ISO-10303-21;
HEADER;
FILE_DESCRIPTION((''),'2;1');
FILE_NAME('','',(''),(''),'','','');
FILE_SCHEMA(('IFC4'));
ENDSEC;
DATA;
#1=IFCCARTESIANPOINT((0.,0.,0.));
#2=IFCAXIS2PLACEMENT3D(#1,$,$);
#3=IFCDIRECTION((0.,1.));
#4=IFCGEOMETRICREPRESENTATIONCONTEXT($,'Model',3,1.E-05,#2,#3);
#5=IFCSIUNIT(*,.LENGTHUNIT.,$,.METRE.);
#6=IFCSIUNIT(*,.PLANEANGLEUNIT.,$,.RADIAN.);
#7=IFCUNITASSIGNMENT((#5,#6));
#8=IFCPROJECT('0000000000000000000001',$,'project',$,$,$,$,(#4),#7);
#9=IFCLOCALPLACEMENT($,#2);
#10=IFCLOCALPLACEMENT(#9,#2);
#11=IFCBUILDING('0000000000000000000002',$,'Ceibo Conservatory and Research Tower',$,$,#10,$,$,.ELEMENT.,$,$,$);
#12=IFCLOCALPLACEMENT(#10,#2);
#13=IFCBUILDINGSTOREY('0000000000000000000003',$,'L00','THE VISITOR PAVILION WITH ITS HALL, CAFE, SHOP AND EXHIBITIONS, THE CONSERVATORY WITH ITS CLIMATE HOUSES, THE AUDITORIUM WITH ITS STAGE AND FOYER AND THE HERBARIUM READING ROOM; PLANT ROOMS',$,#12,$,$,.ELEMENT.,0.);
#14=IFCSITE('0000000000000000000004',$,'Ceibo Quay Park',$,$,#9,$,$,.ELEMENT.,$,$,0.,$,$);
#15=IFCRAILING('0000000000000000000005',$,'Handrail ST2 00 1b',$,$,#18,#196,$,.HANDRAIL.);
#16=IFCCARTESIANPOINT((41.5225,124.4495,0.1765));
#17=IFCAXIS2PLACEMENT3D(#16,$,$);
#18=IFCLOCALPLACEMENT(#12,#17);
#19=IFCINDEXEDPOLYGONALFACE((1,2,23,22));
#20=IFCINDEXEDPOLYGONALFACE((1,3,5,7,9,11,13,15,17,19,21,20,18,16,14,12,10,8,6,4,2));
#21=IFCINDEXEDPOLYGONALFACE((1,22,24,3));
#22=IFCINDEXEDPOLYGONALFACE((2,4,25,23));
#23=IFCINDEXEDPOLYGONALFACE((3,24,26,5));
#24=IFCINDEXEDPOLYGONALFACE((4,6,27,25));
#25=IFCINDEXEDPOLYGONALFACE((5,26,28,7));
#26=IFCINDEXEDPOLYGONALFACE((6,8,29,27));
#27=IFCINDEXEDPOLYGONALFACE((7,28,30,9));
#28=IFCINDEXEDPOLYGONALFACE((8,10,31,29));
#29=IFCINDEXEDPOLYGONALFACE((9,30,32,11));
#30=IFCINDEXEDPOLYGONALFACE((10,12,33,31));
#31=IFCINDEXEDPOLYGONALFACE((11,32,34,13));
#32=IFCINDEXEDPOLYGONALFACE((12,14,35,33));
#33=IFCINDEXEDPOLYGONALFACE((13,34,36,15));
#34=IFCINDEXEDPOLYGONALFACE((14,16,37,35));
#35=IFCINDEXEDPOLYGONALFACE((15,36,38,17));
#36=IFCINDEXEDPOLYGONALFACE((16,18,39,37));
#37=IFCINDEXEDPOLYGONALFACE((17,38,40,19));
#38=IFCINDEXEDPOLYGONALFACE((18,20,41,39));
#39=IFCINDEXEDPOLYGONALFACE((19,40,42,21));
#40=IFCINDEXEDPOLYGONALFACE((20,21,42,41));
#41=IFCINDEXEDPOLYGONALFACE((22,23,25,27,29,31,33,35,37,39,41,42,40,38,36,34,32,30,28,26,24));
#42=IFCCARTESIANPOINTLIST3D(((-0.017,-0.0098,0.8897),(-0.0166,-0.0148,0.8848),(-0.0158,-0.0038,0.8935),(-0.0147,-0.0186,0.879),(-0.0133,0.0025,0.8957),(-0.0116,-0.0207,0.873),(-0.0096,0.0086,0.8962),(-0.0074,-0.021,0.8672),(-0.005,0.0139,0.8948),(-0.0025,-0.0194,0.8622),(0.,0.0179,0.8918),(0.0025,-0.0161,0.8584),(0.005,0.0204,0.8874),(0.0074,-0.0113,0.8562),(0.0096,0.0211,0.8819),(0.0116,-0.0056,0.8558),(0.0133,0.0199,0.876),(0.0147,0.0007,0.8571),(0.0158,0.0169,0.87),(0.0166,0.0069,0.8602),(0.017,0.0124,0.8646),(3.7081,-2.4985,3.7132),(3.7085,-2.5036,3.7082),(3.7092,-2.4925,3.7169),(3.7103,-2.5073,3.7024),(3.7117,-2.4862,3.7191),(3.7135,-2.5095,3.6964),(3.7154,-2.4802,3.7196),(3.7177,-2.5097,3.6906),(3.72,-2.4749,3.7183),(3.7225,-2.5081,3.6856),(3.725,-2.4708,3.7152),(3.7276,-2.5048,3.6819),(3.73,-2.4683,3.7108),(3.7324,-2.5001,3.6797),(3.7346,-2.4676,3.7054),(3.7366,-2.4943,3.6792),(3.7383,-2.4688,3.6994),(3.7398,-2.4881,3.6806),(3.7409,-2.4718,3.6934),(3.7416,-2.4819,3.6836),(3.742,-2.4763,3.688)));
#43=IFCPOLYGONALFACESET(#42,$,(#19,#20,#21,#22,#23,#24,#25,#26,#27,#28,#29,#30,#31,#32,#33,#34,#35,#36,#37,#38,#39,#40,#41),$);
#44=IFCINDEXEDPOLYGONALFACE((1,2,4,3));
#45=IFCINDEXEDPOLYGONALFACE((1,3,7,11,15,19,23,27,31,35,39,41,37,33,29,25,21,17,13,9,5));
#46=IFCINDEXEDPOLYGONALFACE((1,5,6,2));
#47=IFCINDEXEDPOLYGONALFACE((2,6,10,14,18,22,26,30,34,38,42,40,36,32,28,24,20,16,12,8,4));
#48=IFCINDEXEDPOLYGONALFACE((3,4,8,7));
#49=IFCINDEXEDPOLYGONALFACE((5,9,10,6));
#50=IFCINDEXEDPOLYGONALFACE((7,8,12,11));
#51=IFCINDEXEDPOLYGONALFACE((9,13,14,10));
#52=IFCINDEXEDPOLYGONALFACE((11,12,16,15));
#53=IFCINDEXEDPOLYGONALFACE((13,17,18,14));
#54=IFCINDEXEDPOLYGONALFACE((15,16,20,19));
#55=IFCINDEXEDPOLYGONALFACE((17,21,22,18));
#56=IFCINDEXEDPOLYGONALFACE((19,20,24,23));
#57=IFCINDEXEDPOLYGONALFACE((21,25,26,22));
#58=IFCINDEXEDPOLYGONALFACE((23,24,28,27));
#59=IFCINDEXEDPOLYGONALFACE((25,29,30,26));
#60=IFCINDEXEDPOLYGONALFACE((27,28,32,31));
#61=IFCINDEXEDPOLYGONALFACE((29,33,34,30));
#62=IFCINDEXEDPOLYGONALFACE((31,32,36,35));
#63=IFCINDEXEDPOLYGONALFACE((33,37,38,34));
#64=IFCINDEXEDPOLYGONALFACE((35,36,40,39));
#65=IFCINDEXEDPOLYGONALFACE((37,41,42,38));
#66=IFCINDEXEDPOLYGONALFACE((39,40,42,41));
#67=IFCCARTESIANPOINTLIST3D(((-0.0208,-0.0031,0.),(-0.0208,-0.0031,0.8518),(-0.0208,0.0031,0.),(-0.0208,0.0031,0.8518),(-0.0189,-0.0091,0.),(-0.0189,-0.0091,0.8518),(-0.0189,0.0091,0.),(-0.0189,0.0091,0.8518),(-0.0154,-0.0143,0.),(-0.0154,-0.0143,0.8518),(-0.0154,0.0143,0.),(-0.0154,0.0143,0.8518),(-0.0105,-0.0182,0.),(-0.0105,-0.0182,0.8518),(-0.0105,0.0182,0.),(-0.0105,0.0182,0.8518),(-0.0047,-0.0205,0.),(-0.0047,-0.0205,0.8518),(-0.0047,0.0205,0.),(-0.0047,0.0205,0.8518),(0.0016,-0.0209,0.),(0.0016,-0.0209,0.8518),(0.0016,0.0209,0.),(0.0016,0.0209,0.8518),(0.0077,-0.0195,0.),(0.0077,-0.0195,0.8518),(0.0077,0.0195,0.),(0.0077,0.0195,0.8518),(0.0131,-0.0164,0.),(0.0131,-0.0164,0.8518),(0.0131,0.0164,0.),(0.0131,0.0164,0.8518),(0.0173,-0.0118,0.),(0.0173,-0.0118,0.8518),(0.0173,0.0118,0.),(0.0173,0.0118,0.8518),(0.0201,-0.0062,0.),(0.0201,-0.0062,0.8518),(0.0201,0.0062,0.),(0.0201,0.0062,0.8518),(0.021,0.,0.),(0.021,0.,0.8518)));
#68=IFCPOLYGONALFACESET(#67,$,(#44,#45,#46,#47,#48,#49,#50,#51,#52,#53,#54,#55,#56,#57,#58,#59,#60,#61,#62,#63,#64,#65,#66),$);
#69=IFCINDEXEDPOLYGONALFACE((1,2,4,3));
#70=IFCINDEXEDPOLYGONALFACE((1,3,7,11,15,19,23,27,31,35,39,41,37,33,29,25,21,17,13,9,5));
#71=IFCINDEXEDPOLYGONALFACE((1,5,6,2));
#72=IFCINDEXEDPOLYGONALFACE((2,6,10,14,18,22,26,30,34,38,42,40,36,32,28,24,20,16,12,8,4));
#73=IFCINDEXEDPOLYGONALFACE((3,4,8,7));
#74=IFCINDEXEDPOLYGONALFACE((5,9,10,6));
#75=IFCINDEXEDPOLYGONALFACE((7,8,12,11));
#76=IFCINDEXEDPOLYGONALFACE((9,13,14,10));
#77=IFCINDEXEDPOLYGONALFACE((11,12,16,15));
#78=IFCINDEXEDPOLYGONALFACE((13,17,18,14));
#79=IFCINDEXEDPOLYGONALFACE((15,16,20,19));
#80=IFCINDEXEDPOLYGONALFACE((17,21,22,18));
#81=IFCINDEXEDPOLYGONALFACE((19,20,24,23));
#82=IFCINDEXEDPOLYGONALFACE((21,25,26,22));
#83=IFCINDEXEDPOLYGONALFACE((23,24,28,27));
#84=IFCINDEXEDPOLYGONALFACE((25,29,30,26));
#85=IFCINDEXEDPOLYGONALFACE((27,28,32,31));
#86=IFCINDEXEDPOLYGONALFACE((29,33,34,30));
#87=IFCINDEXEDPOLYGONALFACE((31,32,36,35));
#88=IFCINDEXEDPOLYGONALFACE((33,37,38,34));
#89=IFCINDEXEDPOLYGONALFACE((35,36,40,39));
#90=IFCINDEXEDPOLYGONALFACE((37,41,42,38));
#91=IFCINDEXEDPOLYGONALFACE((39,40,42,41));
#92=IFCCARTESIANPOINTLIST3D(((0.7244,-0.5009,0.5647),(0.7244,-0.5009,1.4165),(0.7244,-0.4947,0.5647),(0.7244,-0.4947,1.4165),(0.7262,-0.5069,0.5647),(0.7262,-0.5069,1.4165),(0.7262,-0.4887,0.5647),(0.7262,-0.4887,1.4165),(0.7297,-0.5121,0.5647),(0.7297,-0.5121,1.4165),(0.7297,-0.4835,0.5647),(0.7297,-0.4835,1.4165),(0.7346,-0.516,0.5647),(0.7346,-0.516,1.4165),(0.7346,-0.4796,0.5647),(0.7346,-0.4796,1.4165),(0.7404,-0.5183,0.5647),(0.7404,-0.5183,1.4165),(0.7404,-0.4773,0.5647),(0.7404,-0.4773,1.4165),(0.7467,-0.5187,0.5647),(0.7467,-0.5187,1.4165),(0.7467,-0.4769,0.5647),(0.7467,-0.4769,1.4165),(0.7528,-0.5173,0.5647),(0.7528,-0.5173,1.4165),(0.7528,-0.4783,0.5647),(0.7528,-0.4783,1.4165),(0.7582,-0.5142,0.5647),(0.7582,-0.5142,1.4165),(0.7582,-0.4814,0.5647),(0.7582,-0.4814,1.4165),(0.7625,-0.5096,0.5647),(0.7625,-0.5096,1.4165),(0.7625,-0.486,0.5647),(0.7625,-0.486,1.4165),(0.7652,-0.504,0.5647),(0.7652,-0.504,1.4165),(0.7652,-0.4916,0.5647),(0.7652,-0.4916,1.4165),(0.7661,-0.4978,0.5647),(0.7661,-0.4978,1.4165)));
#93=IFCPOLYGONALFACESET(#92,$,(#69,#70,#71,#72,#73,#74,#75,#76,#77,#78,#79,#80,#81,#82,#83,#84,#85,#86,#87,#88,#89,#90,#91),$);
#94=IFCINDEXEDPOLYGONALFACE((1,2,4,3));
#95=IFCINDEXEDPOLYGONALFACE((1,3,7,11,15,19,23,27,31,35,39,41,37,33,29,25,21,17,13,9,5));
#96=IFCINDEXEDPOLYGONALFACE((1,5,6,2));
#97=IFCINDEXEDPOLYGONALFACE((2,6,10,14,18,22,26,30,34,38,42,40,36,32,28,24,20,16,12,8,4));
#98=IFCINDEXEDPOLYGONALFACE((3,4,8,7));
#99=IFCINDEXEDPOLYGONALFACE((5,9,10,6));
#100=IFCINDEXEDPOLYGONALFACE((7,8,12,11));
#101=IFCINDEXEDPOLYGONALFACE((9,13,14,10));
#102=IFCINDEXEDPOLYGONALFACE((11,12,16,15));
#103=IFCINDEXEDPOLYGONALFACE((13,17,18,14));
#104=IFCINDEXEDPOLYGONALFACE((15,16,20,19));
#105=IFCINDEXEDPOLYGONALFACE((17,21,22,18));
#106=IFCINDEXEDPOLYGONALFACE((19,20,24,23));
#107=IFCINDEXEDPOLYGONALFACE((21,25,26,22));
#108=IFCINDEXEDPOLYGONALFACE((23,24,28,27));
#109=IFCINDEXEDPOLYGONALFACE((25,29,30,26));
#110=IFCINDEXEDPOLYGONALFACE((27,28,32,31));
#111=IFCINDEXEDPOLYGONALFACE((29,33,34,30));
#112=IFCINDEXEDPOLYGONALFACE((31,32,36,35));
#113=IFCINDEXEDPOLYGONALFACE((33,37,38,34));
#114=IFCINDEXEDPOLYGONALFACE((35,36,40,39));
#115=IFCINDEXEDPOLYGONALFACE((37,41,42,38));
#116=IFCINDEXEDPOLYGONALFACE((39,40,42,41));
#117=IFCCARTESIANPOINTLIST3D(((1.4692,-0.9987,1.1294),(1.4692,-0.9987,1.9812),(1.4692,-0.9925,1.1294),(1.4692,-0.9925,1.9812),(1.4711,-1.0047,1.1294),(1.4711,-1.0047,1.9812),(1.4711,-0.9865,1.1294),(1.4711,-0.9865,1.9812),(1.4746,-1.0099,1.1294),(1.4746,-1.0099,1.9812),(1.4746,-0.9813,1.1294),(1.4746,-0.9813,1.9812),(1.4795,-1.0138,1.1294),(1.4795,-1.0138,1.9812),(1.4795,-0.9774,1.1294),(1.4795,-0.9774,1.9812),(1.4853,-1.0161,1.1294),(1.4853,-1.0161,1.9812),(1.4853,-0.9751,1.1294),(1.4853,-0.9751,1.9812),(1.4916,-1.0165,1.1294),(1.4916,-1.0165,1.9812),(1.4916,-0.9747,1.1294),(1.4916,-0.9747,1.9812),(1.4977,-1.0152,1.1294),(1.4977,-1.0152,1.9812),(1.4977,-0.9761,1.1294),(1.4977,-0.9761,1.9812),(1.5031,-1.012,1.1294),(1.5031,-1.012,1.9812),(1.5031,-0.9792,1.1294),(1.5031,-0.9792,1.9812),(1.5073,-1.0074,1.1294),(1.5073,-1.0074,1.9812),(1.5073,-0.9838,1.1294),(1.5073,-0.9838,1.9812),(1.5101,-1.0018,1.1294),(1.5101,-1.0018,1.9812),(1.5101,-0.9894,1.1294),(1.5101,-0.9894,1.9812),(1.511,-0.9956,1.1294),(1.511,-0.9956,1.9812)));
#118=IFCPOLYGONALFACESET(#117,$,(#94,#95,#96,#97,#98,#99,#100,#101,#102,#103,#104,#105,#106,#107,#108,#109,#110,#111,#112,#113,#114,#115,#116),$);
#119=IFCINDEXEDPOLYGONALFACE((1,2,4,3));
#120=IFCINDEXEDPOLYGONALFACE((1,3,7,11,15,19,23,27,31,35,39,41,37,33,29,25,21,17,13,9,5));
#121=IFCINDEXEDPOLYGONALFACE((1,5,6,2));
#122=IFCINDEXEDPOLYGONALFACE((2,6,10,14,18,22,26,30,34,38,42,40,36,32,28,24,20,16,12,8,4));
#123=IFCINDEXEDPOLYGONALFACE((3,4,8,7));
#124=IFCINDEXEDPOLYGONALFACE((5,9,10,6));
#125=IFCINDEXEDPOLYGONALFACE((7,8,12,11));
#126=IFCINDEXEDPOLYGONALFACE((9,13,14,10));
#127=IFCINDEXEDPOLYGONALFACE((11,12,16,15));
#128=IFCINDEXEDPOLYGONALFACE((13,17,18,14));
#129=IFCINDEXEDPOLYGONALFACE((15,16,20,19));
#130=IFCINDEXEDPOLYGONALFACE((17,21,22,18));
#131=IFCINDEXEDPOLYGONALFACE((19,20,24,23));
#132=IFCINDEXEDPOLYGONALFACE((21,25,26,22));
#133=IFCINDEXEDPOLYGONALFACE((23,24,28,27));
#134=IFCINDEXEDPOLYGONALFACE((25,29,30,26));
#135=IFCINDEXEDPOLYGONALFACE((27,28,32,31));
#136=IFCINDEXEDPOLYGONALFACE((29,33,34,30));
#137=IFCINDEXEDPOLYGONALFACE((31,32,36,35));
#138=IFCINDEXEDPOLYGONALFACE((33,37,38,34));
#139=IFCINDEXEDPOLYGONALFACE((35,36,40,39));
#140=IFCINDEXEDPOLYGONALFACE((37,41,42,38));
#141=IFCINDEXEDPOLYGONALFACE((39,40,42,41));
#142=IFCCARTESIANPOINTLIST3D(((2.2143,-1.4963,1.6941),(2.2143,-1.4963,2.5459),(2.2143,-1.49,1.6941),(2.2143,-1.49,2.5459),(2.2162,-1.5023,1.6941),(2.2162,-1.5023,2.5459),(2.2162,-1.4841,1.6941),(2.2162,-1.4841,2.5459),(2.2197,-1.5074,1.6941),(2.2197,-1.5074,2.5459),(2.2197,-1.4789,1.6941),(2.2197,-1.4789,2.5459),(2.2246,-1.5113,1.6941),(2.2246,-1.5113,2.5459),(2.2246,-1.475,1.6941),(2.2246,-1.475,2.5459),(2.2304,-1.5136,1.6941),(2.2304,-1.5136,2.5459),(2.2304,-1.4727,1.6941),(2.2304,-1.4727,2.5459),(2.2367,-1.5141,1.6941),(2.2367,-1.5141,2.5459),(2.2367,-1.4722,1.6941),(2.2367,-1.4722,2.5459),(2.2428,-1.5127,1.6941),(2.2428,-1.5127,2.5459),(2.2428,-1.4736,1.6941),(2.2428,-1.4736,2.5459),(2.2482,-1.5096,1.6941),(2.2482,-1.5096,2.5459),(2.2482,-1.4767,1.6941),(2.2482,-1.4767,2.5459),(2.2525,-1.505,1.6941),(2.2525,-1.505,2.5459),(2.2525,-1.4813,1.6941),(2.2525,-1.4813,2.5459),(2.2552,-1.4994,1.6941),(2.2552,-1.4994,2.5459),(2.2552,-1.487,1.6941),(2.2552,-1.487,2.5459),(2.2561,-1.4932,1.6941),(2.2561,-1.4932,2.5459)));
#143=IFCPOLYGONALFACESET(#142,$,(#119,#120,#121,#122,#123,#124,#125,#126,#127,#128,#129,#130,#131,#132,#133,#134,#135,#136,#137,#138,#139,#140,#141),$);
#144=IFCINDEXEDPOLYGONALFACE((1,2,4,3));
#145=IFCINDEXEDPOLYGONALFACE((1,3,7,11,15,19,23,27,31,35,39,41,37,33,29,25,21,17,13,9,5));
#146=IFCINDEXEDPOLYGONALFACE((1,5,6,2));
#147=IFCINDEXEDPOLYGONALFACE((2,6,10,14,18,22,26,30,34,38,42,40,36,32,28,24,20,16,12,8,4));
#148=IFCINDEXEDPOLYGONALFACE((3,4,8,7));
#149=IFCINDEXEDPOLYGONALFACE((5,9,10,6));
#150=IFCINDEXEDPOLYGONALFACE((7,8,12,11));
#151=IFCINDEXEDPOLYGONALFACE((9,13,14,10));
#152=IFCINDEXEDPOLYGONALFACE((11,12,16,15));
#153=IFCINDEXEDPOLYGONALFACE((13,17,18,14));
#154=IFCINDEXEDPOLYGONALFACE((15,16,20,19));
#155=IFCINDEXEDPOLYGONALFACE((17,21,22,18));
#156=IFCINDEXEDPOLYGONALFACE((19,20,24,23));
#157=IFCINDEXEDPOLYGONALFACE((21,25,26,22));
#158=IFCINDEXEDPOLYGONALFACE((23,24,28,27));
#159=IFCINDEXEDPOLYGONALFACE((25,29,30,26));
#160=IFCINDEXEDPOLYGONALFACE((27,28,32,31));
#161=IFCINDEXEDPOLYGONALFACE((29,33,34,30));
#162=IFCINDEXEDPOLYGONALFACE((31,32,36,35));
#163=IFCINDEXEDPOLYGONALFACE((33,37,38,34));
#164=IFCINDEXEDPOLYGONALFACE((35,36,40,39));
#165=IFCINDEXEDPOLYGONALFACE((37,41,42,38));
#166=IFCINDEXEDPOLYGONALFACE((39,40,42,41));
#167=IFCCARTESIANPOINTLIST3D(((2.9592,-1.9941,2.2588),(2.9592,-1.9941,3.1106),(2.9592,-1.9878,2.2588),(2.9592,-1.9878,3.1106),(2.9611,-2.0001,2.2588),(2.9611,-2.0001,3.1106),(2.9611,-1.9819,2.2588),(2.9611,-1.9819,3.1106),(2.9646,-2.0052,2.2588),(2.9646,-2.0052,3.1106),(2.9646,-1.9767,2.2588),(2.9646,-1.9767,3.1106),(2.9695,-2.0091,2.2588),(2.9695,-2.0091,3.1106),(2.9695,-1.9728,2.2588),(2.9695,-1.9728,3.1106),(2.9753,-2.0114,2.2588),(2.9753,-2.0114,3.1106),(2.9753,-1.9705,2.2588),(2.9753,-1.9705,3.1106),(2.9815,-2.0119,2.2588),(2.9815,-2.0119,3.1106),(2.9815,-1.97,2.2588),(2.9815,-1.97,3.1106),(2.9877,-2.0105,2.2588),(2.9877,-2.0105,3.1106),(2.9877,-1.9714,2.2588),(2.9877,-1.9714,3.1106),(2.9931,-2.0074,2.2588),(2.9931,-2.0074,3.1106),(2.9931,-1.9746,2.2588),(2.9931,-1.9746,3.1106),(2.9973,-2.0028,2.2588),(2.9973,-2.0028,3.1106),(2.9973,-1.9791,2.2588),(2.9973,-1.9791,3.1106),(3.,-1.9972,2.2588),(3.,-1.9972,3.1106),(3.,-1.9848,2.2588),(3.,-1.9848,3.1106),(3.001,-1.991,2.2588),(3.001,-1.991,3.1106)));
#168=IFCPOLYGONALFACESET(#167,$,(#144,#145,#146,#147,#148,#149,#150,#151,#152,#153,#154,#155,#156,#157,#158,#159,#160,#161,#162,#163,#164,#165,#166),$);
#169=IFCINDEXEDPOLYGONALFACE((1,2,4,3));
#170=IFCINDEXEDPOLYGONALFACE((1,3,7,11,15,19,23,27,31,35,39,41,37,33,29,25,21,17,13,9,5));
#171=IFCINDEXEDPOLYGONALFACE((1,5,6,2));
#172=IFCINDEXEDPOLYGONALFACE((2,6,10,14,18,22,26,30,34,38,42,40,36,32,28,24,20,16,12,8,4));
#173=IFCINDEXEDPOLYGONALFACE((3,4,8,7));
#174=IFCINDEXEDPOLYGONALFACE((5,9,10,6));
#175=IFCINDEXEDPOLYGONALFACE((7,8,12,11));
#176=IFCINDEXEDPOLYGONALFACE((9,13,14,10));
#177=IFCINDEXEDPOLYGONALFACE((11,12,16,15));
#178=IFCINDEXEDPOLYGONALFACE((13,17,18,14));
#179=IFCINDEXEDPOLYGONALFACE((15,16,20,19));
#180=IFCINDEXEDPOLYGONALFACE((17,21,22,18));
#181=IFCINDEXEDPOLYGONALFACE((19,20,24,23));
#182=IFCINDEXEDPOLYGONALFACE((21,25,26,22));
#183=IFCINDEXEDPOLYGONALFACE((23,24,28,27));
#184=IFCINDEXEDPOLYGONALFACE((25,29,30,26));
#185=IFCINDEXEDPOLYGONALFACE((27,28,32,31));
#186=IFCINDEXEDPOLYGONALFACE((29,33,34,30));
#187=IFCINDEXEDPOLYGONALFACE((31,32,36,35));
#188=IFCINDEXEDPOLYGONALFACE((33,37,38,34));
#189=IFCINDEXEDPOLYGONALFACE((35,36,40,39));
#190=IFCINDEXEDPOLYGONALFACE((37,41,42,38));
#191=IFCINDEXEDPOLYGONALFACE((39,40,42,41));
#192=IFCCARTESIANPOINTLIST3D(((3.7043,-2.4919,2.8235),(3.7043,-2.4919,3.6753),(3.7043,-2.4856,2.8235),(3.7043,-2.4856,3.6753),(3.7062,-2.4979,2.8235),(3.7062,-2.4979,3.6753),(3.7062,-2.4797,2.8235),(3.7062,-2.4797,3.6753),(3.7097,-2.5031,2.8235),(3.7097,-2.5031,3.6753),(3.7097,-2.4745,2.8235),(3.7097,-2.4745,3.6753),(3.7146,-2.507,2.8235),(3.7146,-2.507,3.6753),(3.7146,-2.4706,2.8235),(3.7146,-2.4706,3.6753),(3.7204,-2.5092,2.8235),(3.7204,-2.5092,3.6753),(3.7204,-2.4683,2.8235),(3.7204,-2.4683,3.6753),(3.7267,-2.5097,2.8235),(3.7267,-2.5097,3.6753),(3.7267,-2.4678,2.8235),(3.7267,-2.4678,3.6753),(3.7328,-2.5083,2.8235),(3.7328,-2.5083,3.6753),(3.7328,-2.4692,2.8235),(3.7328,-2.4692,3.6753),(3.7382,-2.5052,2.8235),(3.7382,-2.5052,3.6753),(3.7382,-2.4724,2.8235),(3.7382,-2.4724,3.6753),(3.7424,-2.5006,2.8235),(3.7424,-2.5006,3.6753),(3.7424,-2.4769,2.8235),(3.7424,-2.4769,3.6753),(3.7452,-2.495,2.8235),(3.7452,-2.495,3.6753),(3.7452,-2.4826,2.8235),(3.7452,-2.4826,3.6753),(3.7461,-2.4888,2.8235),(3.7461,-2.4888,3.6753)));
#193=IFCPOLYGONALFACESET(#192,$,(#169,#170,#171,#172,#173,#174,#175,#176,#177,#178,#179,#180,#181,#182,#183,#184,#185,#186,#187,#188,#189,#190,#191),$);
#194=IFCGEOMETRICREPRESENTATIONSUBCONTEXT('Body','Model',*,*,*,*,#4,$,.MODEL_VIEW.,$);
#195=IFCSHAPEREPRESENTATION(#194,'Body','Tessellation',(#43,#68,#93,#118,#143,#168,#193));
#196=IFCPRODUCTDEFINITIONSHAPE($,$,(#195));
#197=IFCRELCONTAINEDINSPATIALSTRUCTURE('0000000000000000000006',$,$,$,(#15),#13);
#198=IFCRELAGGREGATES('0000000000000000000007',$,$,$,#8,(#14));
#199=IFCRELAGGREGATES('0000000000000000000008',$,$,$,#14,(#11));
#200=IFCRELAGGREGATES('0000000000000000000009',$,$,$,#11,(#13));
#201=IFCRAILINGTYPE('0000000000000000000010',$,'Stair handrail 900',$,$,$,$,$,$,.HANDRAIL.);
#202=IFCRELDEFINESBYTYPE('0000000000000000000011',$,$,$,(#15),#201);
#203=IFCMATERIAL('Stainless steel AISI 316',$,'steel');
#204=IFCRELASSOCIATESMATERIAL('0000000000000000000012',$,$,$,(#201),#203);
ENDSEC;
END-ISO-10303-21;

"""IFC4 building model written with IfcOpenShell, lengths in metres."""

from ifc_helpers import new_model, si_unit, direction, frame, origin, origin_2d, place, context, subcontext, project, spatial, circle, extrude, material, type_object, element, save


model = new_model("IFC4")

# Units and contexts
model_context = context("Model", 3, precision=1e-05, world=origin(), true_north=direction((0.0, 1.0)))
body_context = subcontext(model_context, "Body", "Model", "MODEL_VIEW")
ifc_project = project(units=[si_unit("LENGTHUNIT", "METRE"), si_unit("PLANEANGLEUNIT", "RADIAN")], contexts=[model_context])

# Site, building, storey
site_placement = place(None, origin())
site = spatial("IfcSite", under=ifc_project, at=site_placement, Name="Ceibo Quay Park", CompositionType="ELEMENT", RefElevation=0.0)
building_placement = place(site_placement, origin())
building = spatial("IfcBuilding", under=site, at=building_placement, Name="Ceibo Conservatory and Research Tower", CompositionType="ELEMENT")
storey_placement = place(building_placement, origin())
storey = spatial("IfcBuildingStorey", under=building, at=storey_placement, Name="L00", Description="THE VISITOR PAVILION WITH ITS HALL, CAFE, SHOP AND EXHIBITIONS, THE CONSERVATORY WITH ITS CLIMATE HOUSES, THE AUDITORIUM WITH ITS STAGE AND FOYER AND THE HERBARIUM READING ROOM; PLANT ROOMS", CompositionType="ELEMENT", Elevation=0.0)

# Railing
ifc_material_1 = material(Name="Stainless steel AISI 316", Category="steel")
railing_type = type_object("IfcRailingType", Name="Stair handrail 900", PredefinedType="HANDRAIL", material=ifc_material_1)
railing_1_placement = place(storey_placement, frame((41.5225, 124.4495, 0.1765)))
element("IfcRailing", 1, at=railing_1_placement, inside=storey, type_object=railing_type, Name="Handrail ST2 00 1b", PredefinedType="HANDRAIL", context=body_context, shape_type="SweptSolid", body=[
    extrude(circle(Radius=0.0239, at=origin_2d()), frame((0.0, 0.0, 0.876), z_axis=(0.703445, -0.469978, 0.533185), x_axis=(0.55553, 0.831497, 0.0)), (0.0, 0.0, 1.0), 5.2954),
    extrude(circle(Radius=0.021, at=origin_2d()), origin(), (0.0, 0.0, 1.0), 0.8518),
    extrude(circle(Radius=0.021, at=origin_2d()), frame((0.7451, -0.4978, 0.5647)), (0.0, 0.0, 1.0), 0.8518),
    extrude(circle(Radius=0.021, at=origin_2d()), frame((1.49, -0.9956, 1.1294)), (0.0, 0.0, 1.0), 0.8518),
    extrude(circle(Radius=0.021, at=origin_2d()), frame((2.2351, -1.4932, 1.6941)), (0.0, 0.0, 1.0), 0.8518),
    extrude(circle(Radius=0.021, at=origin_2d()), frame((2.98, -1.991, 2.2588)), (0.0, 0.0, 1.0), 0.8518),
    extrude(circle(Radius=0.021, at=origin_2d()), frame((3.7251, -2.4888, 2.8235)), (0.0, 0.0, 1.0), 0.8518),
])

save(model, "model.ifc")
